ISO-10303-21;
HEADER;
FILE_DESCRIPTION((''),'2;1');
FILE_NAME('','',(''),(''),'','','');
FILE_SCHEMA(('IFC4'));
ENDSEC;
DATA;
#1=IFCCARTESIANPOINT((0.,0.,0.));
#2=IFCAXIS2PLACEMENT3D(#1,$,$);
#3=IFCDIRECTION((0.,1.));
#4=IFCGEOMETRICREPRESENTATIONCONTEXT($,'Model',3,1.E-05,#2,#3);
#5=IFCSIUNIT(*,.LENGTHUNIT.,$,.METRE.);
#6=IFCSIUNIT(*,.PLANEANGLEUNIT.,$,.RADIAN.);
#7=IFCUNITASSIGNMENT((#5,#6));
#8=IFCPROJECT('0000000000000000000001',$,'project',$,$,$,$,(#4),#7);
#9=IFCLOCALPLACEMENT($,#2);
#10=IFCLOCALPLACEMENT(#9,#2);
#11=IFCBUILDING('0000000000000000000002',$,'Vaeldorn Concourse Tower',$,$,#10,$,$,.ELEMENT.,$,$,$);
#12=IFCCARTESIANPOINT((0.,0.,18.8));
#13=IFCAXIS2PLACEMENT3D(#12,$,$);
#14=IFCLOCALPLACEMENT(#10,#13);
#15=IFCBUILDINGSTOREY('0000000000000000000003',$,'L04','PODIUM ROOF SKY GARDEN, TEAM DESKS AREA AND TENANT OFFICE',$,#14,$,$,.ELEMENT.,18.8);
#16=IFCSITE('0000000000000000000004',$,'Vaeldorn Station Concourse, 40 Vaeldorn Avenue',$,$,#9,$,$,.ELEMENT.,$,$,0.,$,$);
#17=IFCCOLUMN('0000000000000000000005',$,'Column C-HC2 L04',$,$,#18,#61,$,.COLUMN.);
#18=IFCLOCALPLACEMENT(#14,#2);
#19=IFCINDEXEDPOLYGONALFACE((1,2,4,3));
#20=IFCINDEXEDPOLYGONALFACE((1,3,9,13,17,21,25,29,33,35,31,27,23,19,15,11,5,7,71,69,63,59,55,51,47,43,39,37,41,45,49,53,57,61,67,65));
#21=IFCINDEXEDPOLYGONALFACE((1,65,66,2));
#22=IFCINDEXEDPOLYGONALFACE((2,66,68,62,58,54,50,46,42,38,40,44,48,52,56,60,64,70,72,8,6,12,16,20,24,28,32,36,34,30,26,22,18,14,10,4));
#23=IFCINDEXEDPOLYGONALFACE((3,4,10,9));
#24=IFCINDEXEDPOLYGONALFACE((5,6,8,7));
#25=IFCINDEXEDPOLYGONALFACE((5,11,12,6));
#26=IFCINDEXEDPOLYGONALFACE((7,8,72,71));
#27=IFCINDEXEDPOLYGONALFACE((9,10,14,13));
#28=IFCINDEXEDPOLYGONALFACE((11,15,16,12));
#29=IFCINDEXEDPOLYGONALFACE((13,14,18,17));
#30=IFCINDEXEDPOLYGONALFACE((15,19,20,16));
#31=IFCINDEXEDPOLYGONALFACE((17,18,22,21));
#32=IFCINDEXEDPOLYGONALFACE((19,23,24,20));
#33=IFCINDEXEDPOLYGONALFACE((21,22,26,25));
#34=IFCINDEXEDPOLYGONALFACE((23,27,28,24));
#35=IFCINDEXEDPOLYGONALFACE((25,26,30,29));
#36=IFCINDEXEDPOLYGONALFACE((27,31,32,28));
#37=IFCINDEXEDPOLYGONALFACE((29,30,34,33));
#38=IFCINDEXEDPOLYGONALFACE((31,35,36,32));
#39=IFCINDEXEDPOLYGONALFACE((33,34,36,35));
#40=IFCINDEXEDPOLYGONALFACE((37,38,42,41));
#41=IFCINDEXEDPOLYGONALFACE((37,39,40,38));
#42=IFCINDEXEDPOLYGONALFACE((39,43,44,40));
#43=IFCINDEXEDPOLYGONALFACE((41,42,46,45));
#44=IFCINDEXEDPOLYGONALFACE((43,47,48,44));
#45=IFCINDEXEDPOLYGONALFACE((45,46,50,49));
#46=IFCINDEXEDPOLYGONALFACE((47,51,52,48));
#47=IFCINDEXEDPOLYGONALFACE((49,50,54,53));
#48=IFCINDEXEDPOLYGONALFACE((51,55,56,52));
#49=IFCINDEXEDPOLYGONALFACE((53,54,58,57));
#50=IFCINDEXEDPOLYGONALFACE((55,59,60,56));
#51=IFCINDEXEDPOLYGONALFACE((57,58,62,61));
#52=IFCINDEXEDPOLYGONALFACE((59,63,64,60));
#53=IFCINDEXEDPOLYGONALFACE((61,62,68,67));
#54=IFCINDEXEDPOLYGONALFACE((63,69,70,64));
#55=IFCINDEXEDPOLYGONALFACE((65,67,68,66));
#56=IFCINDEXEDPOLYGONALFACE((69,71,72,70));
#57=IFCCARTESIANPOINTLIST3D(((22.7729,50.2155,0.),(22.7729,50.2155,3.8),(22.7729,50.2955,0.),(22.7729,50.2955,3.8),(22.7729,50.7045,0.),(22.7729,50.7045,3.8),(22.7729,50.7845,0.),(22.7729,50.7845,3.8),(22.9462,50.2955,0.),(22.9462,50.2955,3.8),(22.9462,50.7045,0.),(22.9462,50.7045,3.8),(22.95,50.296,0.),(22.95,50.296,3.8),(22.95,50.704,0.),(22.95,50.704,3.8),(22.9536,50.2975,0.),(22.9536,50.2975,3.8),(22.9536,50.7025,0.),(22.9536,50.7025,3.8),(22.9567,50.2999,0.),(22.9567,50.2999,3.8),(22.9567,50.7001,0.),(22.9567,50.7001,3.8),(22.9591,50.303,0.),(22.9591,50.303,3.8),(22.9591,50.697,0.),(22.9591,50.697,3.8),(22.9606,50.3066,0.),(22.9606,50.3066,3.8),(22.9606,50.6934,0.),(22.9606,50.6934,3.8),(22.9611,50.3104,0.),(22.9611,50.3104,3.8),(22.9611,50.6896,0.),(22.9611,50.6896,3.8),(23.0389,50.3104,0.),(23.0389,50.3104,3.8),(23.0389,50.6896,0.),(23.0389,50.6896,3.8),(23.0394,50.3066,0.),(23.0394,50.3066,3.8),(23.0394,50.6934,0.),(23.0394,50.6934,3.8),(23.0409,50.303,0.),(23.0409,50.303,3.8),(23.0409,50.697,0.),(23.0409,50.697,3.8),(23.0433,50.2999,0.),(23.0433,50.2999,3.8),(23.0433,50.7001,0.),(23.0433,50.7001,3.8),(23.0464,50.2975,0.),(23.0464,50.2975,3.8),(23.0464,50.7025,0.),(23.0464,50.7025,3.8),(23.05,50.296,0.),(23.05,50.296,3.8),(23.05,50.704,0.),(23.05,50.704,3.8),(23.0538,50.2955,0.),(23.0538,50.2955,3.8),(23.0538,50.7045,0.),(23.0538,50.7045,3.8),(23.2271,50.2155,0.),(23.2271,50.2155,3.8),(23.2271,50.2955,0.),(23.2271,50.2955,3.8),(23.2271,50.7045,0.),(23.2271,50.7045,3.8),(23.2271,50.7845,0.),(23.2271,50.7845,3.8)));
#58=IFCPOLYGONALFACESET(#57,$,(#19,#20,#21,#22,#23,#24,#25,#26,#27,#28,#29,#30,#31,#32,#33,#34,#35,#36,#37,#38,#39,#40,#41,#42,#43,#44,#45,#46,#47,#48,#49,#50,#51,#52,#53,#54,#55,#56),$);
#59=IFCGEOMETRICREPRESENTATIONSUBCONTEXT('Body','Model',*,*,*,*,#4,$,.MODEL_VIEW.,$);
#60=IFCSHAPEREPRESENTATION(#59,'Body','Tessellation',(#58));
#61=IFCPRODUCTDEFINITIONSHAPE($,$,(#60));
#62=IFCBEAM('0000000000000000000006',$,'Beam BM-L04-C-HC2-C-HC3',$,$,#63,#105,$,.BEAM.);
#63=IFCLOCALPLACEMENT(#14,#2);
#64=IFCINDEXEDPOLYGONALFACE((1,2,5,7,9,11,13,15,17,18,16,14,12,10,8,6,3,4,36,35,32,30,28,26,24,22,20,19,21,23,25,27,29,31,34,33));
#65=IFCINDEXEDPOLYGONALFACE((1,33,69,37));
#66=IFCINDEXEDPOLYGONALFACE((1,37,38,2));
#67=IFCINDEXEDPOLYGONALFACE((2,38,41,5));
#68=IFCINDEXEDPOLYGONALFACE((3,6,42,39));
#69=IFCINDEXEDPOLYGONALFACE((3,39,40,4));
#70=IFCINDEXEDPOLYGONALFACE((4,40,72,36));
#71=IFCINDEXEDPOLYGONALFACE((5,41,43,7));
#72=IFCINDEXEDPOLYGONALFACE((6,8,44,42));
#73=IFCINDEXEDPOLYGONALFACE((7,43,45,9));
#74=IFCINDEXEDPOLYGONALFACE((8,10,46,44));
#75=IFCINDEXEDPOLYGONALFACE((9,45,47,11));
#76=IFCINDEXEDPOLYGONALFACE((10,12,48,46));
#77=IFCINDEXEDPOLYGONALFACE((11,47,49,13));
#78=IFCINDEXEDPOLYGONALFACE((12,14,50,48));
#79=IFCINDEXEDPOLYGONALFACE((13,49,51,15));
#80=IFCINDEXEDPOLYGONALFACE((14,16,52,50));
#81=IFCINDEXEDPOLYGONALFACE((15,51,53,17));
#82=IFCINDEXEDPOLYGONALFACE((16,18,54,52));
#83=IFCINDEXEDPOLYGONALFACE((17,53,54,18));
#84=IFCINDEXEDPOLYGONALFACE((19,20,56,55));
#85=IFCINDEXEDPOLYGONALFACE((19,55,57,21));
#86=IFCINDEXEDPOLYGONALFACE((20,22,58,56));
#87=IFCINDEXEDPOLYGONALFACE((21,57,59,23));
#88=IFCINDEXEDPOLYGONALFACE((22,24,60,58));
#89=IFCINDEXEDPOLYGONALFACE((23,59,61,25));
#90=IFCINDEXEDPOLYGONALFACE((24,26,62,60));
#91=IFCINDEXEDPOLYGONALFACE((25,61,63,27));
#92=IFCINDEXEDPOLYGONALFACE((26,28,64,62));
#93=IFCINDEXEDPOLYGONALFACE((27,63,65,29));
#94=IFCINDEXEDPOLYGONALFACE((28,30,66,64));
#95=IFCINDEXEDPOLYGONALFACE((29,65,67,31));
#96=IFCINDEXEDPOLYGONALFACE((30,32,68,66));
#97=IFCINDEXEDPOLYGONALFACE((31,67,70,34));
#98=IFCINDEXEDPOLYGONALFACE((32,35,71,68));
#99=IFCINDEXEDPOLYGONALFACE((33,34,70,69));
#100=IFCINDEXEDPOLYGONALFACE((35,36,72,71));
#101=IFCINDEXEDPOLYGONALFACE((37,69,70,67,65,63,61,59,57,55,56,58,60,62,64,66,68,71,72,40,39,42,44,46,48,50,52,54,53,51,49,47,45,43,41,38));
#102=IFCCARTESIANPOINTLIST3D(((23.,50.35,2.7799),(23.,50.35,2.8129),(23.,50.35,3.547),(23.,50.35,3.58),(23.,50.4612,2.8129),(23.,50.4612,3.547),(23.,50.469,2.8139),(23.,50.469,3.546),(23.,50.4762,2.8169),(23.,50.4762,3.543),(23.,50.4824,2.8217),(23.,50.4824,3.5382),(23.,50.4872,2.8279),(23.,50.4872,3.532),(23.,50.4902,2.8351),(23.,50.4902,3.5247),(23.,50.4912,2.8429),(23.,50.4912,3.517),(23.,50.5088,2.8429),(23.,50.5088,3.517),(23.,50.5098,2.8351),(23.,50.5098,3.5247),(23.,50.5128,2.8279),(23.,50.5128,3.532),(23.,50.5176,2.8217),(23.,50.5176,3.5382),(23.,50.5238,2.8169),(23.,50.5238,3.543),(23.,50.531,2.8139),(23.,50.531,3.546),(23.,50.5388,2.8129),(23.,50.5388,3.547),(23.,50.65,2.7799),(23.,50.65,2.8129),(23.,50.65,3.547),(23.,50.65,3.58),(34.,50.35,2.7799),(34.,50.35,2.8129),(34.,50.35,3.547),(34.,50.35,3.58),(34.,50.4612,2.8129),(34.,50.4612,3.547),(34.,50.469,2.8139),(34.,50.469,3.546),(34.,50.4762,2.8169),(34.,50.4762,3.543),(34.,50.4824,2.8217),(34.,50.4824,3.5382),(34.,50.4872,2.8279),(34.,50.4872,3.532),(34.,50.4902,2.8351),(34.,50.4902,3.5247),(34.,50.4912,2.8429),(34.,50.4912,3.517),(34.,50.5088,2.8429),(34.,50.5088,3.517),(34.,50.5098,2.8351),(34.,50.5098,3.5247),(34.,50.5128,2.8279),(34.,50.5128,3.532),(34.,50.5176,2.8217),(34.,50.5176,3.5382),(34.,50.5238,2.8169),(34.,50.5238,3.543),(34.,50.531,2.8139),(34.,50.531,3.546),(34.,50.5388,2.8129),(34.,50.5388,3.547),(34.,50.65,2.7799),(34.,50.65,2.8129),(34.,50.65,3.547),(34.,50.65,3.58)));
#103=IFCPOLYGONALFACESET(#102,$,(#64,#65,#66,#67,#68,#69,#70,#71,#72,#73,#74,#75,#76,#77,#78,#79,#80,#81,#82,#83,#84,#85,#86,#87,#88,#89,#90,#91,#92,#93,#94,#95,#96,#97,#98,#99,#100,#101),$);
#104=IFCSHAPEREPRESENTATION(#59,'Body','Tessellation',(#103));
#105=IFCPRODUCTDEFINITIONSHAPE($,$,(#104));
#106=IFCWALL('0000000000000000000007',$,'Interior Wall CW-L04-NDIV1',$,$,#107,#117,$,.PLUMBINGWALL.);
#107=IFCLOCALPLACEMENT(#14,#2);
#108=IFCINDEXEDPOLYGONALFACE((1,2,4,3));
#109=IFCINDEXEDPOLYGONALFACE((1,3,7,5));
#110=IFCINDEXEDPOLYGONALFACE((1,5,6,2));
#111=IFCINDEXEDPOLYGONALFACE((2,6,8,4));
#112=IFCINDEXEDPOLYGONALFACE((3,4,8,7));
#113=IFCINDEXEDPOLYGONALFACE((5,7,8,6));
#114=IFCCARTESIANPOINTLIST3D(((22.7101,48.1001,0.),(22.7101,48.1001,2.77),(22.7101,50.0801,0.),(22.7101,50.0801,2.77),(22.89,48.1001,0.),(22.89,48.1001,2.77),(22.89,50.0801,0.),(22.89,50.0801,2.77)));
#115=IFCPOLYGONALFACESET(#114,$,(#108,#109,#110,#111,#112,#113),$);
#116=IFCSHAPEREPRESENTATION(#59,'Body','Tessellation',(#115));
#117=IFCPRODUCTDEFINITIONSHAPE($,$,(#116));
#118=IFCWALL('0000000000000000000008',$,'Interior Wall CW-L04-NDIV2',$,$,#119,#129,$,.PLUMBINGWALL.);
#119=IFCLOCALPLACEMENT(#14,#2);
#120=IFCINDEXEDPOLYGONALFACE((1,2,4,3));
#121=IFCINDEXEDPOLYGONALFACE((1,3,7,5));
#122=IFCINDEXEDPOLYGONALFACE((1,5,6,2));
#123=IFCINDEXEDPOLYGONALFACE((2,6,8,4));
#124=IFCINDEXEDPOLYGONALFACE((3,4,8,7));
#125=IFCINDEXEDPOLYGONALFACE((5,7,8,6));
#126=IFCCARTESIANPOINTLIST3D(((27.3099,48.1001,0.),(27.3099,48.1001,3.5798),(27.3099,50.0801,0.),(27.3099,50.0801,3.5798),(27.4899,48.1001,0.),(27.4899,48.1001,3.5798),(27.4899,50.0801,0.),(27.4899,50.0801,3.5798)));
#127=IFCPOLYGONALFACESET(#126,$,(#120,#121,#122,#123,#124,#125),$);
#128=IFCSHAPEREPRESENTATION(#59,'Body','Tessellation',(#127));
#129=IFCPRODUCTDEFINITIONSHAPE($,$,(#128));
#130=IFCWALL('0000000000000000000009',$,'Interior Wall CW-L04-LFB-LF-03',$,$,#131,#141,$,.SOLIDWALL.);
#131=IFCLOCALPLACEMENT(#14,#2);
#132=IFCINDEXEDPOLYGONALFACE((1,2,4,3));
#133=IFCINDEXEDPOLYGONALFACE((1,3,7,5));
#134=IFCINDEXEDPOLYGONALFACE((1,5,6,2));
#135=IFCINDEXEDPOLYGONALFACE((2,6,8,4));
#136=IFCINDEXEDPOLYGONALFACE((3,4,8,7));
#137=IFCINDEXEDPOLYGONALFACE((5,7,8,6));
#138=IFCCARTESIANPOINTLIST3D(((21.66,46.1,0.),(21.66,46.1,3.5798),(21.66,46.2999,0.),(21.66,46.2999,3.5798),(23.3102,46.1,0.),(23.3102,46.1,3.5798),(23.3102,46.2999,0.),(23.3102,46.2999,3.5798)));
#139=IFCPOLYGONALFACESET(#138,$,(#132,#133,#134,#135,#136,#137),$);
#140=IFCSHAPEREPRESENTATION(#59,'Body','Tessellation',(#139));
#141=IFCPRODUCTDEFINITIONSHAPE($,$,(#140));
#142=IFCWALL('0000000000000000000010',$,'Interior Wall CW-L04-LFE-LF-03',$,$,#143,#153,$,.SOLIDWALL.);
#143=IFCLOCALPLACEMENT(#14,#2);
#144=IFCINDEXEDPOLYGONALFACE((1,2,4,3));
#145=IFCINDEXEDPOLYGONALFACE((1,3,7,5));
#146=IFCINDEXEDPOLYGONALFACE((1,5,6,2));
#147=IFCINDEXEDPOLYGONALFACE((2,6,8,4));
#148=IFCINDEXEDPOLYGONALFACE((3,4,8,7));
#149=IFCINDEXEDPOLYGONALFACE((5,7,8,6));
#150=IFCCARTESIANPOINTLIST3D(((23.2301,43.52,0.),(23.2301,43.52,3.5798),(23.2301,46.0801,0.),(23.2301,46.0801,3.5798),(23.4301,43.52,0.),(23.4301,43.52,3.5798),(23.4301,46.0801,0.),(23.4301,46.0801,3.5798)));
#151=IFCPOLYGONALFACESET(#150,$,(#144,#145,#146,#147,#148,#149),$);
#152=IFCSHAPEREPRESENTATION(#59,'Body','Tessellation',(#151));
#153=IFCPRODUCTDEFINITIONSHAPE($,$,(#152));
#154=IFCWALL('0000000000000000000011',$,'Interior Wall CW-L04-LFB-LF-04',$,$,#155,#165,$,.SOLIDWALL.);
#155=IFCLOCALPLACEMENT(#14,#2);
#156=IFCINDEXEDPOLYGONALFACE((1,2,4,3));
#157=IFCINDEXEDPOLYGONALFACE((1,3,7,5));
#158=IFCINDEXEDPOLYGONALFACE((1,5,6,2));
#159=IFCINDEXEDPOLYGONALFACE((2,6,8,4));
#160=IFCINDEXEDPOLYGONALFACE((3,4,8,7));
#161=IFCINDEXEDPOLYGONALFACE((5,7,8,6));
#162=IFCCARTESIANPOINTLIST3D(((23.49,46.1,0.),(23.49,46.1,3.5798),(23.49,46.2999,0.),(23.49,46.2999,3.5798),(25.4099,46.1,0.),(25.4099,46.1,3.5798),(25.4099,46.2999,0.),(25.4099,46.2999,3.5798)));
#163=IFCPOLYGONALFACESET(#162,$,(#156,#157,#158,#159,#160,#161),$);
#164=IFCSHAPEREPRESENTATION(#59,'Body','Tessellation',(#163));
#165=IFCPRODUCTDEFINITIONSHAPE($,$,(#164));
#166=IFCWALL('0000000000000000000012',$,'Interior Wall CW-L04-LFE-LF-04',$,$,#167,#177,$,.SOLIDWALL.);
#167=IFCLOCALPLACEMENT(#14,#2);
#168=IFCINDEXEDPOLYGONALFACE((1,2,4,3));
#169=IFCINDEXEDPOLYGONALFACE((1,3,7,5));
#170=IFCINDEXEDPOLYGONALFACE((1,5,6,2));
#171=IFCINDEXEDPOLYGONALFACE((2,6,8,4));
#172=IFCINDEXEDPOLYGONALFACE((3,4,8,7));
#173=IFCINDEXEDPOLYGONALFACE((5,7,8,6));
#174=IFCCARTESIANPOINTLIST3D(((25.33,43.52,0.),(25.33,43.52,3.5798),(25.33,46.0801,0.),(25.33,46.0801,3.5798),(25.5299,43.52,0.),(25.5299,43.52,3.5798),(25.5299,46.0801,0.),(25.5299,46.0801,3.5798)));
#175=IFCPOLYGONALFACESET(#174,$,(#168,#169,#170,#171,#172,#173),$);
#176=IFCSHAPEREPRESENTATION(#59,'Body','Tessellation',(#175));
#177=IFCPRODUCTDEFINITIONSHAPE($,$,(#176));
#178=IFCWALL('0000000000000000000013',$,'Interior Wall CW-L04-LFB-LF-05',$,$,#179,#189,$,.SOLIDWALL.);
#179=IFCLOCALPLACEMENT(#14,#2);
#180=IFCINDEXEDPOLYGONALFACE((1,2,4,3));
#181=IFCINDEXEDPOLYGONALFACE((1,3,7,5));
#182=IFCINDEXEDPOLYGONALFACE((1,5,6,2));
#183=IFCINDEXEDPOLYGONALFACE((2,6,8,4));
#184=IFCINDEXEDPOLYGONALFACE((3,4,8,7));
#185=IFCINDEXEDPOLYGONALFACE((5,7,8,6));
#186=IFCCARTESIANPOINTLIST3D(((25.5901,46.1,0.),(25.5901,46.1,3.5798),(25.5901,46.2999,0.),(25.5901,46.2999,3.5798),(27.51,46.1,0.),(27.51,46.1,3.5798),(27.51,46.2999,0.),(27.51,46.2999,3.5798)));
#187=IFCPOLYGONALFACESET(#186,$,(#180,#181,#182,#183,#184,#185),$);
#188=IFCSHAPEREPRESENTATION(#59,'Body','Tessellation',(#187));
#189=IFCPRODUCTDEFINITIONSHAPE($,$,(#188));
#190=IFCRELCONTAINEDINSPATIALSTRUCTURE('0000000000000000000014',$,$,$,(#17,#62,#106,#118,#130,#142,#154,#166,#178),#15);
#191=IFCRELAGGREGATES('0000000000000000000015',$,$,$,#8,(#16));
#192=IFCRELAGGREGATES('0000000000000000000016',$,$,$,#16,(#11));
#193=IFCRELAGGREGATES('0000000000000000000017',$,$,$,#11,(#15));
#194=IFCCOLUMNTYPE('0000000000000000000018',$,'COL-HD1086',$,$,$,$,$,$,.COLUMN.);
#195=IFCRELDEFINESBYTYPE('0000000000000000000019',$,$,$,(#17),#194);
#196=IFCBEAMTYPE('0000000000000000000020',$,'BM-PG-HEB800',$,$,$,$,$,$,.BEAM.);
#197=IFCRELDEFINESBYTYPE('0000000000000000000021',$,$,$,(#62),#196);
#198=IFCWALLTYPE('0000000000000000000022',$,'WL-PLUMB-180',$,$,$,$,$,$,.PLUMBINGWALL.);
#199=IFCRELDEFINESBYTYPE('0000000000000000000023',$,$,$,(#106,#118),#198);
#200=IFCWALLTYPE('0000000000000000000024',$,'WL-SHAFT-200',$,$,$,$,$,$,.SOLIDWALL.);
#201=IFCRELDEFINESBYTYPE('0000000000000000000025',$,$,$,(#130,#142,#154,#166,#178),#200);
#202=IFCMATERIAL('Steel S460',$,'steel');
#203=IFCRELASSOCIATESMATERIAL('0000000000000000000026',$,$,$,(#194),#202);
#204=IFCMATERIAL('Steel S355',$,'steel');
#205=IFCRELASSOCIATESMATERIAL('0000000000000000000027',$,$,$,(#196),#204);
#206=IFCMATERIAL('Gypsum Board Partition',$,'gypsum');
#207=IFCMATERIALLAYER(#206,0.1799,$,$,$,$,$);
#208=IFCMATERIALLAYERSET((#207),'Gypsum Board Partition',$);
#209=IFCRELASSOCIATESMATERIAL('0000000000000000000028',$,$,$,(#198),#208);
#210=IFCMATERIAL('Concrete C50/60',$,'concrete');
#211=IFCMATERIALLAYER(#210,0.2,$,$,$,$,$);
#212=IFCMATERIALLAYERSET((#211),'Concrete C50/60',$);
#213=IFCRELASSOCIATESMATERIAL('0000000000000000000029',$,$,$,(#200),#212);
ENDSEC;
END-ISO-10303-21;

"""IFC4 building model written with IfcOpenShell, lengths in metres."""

from ifc_helpers import new_model, si_unit, direction, frame, frame_2d, origin, origin_2d, place, context, subcontext, project, spatial, rectangle, i_section, extrude, source, transform, mapped, material, layer, layer_set, material_profile, profile_set, type_object, element, save


model = new_model("IFC4")

# Units and contexts
model_context = context("Model", 3, precision=1e-05, world=origin(), true_north=direction((0.0, 1.0)))
body_context = subcontext(model_context, "Body", "Model", "MODEL_VIEW")
ifc_project = project(units=[si_unit("LENGTHUNIT", "METRE"), si_unit("PLANEANGLEUNIT", "RADIAN")], contexts=[model_context])

# Site, building, storey
site_placement = place(None, origin())
site = spatial("IfcSite", under=ifc_project, at=site_placement, Name="Vaeldorn Station Concourse, 40 Vaeldorn Avenue", CompositionType="ELEMENT", RefElevation=0.0)
building_placement = place(site_placement, origin())
building = spatial("IfcBuilding", under=site, at=building_placement, Name="Vaeldorn Concourse Tower", CompositionType="ELEMENT")
storey_placement = place(building_placement, frame((0.0, 0.0, 18.8)))
storey = spatial("IfcBuildingStorey", under=building, at=storey_placement, Name="L04", Description="PODIUM ROOF SKY GARDEN, TEAM DESKS AREA AND TENANT OFFICE", CompositionType="ELEMENT", Elevation=18.8)

# Column
ifc_material_1 = material(Name="Steel S460", Category="steel")
ifc_material_profile_1 = material_profile(ifc_material_1, i_section(OverallWidth=0.4541, OverallDepth=0.5691, WebThickness=0.0779, FlangeThickness=0.0801, FilletRadius=0.0149, at=origin_2d()), Name="HD 400x1086")
ifc_profile_set_1 = profile_set([ifc_material_profile_1], Name="Steel S460")
column_type = type_object("IfcColumnType", Name="COL-HD1086", PredefinedType="COLUMN", material=ifc_profile_set_1)
shared_shape_1 = source(origin(), body_context, "Body", "SweptSolid", [
    extrude(i_section(OverallWidth=0.4541, OverallDepth=0.5691, WebThickness=0.0779, FlangeThickness=0.0801, FilletRadius=0.0149, at=origin_2d()), origin(), (0.0, 0.0, 1.0), 3.8),
])
column_placement = place(storey_placement, frame((23.0, 50.5, 0.0), z_axis=(0.0, 0.0, 1.0), x_axis=(1.0, 0.0, 0.0)))
element("IfcColumn", 1, at=column_placement, inside=storey, type_object=column_type, Name="Column C-HC2 L04", PredefinedType="COLUMN", context=body_context, shape_type="MappedRepresentation", body=[
    mapped(shared_shape_1, transform((0.0, 0.0, 0.0), scale=1.0)),
])

# Beam
ifc_material_2 = material(Name="Steel S355", Category="steel")
ifc_material_profile_2 = material_profile(ifc_material_2, i_section(OverallWidth=0.3, OverallDepth=0.8, WebThickness=0.0176, FlangeThickness=0.033, FilletRadius=0.03, at=origin_2d()), Name="HEB 800")
ifc_profile_set_2 = profile_set([ifc_material_profile_2], Name="Steel S355")
beam_type = type_object("IfcBeamType", Name="BM-PG-HEB800", PredefinedType="BEAM", material=ifc_profile_set_2)
shared_shape_2 = source(origin(), body_context, "Body", "SweptSolid", [
    extrude(i_section(OverallWidth=0.3, OverallDepth=0.8, WebThickness=0.0176, FlangeThickness=0.033, FilletRadius=0.03, at=origin_2d()), origin(), (0.0, 0.0, 1.0), 11.0),
])
beam_placement = place(storey_placement, frame((23.0, 50.5, 3.1799), z_axis=(1.0, 0.0, 0.0), x_axis=(0.0, 1.0, 0.0)))
element("IfcBeam", 2, at=beam_placement, inside=storey, type_object=beam_type, Name="Beam BM-L04-C-HC2-C-HC3", PredefinedType="BEAM", context=body_context, shape_type="MappedRepresentation", body=[
    mapped(shared_shape_2, transform((0.0, 0.0, 0.0), scale=1.0)),
])

# Walls
ifc_material_3 = material(Name="Gypsum Board Partition", Category="gypsum")
ifc_layer_1 = layer(ifc_material_3, 0.1799)
ifc_layer_set_1 = layer_set([ifc_layer_1], Name="Gypsum Board Partition")
wall_type_1 = type_object("IfcWallType", Name="WL-PLUMB-180", PredefinedType="PLUMBINGWALL", material=ifc_layer_set_1)
wall_1_placement = place(storey_placement, frame((22.8, 48.1001, 0.0), z_axis=(0.0, 0.0, 1.0), x_axis=(0.0, 1.0, 0.0)))
element("IfcWall", 3, at=wall_1_placement, inside=storey, type_object=wall_type_1, Name="Interior Wall CW-L04-NDIV1", PredefinedType="PLUMBINGWALL", context=body_context, shape_type="SweptSolid", body=[
    extrude(rectangle(XDim=1.98, YDim=0.1799, at=frame_2d((0.99, 0.0))), origin(), (0.0, 0.0, 1.0), 2.77),
])
wall_2_placement = place(storey_placement, frame((27.3999, 48.1001, 0.0), z_axis=(0.0, 0.0, 1.0), x_axis=(0.0, 1.0, 0.0)))
element("IfcWall", 4, at=wall_2_placement, inside=storey, type_object=wall_type_1, Name="Interior Wall CW-L04-NDIV2", PredefinedType="PLUMBINGWALL", context=body_context, shape_type="SweptSolid", body=[
    extrude(rectangle(XDim=1.98, YDim=0.1799, at=frame_2d((0.99, 0.0))), origin(), (0.0, 0.0, 1.0), 3.5798),
])
ifc_material_4 = material(Name="Concrete C50/60", Category="concrete")
ifc_layer_2 = layer(ifc_material_4, 0.2)
ifc_layer_set_2 = layer_set([ifc_layer_2], Name="Concrete C50/60")
wall_type_2 = type_object("IfcWallType", Name="WL-SHAFT-200", PredefinedType="SOLIDWALL", material=ifc_layer_set_2)
wall_3_placement = place(storey_placement, frame((21.6599, 46.2, 0.0), z_axis=(0.0, 0.0, 1.0), x_axis=(1.0, 0.0, 0.0)))
element("IfcWall", 5, at=wall_3_placement, inside=storey, type_object=wall_type_2, Name="Interior Wall CW-L04-LFB-LF-03", PredefinedType="SOLIDWALL", context=body_context, shape_type="SweptSolid", body=[
    extrude(rectangle(XDim=1.6501, YDim=0.2, at=frame_2d((0.8252, 0.0))), origin(), (0.0, 0.0, 1.0), 3.5798),
])
wall_4_placement = place(storey_placement, frame((23.3301, 43.52, 0.0), z_axis=(0.0, 0.0, 1.0), x_axis=(0.0, 1.0, 0.0)))
element("IfcWall", 6, at=wall_4_placement, inside=storey, type_object=wall_type_2, Name="Interior Wall CW-L04-LFE-LF-03", PredefinedType="SOLIDWALL", context=body_context, shape_type="SweptSolid", body=[
    extrude(rectangle(XDim=2.5601, YDim=0.2, at=frame_2d((1.28, 0.0))), origin(), (0.0, 0.0, 1.0), 3.5798),
])

# Walls
wall_5_placement = place(storey_placement, frame((23.49, 46.2, 0.0), z_axis=(0.0, 0.0, 1.0), x_axis=(1.0, 0.0, 0.0)))
element("IfcWall", 7, at=wall_5_placement, inside=storey, type_object=wall_type_2, Name="Interior Wall CW-L04-LFB-LF-04", PredefinedType="SOLIDWALL", context=body_context, shape_type="SweptSolid", body=[
    extrude(rectangle(XDim=1.9199, YDim=0.2, at=frame_2d((0.96, 0.0))), origin(), (0.0, 0.0, 1.0), 3.5798),
])
wall_6_placement = place(storey_placement, frame((25.4299, 43.52, 0.0), z_axis=(0.0, 0.0, 1.0), x_axis=(0.0, 1.0, 0.0)))
element("IfcWall", 8, at=wall_6_placement, inside=storey, type_object=wall_type_2, Name="Interior Wall CW-L04-LFE-LF-04", PredefinedType="SOLIDWALL", context=body_context, shape_type="SweptSolid", body=[
    extrude(rectangle(XDim=2.5601, YDim=0.2, at=frame_2d((1.28, 0.0))), origin(), (0.0, 0.0, 1.0), 3.5798),
])

# Wall
wall_7_placement = place(storey_placement, frame((25.5901, 46.2, 0.0), z_axis=(0.0, 0.0, 1.0), x_axis=(1.0, 0.0, 0.0)))
element("IfcWall", 9, at=wall_7_placement, inside=storey, type_object=wall_type_2, Name="Interior Wall CW-L04-LFB-LF-05", PredefinedType="SOLIDWALL", context=body_context, shape_type="SweptSolid", body=[
    extrude(rectangle(XDim=1.9199, YDim=0.2, at=frame_2d((0.96, 0.0))), origin(), (0.0, 0.0, 1.0), 3.5798),
])

save(model, "model.ifc")
